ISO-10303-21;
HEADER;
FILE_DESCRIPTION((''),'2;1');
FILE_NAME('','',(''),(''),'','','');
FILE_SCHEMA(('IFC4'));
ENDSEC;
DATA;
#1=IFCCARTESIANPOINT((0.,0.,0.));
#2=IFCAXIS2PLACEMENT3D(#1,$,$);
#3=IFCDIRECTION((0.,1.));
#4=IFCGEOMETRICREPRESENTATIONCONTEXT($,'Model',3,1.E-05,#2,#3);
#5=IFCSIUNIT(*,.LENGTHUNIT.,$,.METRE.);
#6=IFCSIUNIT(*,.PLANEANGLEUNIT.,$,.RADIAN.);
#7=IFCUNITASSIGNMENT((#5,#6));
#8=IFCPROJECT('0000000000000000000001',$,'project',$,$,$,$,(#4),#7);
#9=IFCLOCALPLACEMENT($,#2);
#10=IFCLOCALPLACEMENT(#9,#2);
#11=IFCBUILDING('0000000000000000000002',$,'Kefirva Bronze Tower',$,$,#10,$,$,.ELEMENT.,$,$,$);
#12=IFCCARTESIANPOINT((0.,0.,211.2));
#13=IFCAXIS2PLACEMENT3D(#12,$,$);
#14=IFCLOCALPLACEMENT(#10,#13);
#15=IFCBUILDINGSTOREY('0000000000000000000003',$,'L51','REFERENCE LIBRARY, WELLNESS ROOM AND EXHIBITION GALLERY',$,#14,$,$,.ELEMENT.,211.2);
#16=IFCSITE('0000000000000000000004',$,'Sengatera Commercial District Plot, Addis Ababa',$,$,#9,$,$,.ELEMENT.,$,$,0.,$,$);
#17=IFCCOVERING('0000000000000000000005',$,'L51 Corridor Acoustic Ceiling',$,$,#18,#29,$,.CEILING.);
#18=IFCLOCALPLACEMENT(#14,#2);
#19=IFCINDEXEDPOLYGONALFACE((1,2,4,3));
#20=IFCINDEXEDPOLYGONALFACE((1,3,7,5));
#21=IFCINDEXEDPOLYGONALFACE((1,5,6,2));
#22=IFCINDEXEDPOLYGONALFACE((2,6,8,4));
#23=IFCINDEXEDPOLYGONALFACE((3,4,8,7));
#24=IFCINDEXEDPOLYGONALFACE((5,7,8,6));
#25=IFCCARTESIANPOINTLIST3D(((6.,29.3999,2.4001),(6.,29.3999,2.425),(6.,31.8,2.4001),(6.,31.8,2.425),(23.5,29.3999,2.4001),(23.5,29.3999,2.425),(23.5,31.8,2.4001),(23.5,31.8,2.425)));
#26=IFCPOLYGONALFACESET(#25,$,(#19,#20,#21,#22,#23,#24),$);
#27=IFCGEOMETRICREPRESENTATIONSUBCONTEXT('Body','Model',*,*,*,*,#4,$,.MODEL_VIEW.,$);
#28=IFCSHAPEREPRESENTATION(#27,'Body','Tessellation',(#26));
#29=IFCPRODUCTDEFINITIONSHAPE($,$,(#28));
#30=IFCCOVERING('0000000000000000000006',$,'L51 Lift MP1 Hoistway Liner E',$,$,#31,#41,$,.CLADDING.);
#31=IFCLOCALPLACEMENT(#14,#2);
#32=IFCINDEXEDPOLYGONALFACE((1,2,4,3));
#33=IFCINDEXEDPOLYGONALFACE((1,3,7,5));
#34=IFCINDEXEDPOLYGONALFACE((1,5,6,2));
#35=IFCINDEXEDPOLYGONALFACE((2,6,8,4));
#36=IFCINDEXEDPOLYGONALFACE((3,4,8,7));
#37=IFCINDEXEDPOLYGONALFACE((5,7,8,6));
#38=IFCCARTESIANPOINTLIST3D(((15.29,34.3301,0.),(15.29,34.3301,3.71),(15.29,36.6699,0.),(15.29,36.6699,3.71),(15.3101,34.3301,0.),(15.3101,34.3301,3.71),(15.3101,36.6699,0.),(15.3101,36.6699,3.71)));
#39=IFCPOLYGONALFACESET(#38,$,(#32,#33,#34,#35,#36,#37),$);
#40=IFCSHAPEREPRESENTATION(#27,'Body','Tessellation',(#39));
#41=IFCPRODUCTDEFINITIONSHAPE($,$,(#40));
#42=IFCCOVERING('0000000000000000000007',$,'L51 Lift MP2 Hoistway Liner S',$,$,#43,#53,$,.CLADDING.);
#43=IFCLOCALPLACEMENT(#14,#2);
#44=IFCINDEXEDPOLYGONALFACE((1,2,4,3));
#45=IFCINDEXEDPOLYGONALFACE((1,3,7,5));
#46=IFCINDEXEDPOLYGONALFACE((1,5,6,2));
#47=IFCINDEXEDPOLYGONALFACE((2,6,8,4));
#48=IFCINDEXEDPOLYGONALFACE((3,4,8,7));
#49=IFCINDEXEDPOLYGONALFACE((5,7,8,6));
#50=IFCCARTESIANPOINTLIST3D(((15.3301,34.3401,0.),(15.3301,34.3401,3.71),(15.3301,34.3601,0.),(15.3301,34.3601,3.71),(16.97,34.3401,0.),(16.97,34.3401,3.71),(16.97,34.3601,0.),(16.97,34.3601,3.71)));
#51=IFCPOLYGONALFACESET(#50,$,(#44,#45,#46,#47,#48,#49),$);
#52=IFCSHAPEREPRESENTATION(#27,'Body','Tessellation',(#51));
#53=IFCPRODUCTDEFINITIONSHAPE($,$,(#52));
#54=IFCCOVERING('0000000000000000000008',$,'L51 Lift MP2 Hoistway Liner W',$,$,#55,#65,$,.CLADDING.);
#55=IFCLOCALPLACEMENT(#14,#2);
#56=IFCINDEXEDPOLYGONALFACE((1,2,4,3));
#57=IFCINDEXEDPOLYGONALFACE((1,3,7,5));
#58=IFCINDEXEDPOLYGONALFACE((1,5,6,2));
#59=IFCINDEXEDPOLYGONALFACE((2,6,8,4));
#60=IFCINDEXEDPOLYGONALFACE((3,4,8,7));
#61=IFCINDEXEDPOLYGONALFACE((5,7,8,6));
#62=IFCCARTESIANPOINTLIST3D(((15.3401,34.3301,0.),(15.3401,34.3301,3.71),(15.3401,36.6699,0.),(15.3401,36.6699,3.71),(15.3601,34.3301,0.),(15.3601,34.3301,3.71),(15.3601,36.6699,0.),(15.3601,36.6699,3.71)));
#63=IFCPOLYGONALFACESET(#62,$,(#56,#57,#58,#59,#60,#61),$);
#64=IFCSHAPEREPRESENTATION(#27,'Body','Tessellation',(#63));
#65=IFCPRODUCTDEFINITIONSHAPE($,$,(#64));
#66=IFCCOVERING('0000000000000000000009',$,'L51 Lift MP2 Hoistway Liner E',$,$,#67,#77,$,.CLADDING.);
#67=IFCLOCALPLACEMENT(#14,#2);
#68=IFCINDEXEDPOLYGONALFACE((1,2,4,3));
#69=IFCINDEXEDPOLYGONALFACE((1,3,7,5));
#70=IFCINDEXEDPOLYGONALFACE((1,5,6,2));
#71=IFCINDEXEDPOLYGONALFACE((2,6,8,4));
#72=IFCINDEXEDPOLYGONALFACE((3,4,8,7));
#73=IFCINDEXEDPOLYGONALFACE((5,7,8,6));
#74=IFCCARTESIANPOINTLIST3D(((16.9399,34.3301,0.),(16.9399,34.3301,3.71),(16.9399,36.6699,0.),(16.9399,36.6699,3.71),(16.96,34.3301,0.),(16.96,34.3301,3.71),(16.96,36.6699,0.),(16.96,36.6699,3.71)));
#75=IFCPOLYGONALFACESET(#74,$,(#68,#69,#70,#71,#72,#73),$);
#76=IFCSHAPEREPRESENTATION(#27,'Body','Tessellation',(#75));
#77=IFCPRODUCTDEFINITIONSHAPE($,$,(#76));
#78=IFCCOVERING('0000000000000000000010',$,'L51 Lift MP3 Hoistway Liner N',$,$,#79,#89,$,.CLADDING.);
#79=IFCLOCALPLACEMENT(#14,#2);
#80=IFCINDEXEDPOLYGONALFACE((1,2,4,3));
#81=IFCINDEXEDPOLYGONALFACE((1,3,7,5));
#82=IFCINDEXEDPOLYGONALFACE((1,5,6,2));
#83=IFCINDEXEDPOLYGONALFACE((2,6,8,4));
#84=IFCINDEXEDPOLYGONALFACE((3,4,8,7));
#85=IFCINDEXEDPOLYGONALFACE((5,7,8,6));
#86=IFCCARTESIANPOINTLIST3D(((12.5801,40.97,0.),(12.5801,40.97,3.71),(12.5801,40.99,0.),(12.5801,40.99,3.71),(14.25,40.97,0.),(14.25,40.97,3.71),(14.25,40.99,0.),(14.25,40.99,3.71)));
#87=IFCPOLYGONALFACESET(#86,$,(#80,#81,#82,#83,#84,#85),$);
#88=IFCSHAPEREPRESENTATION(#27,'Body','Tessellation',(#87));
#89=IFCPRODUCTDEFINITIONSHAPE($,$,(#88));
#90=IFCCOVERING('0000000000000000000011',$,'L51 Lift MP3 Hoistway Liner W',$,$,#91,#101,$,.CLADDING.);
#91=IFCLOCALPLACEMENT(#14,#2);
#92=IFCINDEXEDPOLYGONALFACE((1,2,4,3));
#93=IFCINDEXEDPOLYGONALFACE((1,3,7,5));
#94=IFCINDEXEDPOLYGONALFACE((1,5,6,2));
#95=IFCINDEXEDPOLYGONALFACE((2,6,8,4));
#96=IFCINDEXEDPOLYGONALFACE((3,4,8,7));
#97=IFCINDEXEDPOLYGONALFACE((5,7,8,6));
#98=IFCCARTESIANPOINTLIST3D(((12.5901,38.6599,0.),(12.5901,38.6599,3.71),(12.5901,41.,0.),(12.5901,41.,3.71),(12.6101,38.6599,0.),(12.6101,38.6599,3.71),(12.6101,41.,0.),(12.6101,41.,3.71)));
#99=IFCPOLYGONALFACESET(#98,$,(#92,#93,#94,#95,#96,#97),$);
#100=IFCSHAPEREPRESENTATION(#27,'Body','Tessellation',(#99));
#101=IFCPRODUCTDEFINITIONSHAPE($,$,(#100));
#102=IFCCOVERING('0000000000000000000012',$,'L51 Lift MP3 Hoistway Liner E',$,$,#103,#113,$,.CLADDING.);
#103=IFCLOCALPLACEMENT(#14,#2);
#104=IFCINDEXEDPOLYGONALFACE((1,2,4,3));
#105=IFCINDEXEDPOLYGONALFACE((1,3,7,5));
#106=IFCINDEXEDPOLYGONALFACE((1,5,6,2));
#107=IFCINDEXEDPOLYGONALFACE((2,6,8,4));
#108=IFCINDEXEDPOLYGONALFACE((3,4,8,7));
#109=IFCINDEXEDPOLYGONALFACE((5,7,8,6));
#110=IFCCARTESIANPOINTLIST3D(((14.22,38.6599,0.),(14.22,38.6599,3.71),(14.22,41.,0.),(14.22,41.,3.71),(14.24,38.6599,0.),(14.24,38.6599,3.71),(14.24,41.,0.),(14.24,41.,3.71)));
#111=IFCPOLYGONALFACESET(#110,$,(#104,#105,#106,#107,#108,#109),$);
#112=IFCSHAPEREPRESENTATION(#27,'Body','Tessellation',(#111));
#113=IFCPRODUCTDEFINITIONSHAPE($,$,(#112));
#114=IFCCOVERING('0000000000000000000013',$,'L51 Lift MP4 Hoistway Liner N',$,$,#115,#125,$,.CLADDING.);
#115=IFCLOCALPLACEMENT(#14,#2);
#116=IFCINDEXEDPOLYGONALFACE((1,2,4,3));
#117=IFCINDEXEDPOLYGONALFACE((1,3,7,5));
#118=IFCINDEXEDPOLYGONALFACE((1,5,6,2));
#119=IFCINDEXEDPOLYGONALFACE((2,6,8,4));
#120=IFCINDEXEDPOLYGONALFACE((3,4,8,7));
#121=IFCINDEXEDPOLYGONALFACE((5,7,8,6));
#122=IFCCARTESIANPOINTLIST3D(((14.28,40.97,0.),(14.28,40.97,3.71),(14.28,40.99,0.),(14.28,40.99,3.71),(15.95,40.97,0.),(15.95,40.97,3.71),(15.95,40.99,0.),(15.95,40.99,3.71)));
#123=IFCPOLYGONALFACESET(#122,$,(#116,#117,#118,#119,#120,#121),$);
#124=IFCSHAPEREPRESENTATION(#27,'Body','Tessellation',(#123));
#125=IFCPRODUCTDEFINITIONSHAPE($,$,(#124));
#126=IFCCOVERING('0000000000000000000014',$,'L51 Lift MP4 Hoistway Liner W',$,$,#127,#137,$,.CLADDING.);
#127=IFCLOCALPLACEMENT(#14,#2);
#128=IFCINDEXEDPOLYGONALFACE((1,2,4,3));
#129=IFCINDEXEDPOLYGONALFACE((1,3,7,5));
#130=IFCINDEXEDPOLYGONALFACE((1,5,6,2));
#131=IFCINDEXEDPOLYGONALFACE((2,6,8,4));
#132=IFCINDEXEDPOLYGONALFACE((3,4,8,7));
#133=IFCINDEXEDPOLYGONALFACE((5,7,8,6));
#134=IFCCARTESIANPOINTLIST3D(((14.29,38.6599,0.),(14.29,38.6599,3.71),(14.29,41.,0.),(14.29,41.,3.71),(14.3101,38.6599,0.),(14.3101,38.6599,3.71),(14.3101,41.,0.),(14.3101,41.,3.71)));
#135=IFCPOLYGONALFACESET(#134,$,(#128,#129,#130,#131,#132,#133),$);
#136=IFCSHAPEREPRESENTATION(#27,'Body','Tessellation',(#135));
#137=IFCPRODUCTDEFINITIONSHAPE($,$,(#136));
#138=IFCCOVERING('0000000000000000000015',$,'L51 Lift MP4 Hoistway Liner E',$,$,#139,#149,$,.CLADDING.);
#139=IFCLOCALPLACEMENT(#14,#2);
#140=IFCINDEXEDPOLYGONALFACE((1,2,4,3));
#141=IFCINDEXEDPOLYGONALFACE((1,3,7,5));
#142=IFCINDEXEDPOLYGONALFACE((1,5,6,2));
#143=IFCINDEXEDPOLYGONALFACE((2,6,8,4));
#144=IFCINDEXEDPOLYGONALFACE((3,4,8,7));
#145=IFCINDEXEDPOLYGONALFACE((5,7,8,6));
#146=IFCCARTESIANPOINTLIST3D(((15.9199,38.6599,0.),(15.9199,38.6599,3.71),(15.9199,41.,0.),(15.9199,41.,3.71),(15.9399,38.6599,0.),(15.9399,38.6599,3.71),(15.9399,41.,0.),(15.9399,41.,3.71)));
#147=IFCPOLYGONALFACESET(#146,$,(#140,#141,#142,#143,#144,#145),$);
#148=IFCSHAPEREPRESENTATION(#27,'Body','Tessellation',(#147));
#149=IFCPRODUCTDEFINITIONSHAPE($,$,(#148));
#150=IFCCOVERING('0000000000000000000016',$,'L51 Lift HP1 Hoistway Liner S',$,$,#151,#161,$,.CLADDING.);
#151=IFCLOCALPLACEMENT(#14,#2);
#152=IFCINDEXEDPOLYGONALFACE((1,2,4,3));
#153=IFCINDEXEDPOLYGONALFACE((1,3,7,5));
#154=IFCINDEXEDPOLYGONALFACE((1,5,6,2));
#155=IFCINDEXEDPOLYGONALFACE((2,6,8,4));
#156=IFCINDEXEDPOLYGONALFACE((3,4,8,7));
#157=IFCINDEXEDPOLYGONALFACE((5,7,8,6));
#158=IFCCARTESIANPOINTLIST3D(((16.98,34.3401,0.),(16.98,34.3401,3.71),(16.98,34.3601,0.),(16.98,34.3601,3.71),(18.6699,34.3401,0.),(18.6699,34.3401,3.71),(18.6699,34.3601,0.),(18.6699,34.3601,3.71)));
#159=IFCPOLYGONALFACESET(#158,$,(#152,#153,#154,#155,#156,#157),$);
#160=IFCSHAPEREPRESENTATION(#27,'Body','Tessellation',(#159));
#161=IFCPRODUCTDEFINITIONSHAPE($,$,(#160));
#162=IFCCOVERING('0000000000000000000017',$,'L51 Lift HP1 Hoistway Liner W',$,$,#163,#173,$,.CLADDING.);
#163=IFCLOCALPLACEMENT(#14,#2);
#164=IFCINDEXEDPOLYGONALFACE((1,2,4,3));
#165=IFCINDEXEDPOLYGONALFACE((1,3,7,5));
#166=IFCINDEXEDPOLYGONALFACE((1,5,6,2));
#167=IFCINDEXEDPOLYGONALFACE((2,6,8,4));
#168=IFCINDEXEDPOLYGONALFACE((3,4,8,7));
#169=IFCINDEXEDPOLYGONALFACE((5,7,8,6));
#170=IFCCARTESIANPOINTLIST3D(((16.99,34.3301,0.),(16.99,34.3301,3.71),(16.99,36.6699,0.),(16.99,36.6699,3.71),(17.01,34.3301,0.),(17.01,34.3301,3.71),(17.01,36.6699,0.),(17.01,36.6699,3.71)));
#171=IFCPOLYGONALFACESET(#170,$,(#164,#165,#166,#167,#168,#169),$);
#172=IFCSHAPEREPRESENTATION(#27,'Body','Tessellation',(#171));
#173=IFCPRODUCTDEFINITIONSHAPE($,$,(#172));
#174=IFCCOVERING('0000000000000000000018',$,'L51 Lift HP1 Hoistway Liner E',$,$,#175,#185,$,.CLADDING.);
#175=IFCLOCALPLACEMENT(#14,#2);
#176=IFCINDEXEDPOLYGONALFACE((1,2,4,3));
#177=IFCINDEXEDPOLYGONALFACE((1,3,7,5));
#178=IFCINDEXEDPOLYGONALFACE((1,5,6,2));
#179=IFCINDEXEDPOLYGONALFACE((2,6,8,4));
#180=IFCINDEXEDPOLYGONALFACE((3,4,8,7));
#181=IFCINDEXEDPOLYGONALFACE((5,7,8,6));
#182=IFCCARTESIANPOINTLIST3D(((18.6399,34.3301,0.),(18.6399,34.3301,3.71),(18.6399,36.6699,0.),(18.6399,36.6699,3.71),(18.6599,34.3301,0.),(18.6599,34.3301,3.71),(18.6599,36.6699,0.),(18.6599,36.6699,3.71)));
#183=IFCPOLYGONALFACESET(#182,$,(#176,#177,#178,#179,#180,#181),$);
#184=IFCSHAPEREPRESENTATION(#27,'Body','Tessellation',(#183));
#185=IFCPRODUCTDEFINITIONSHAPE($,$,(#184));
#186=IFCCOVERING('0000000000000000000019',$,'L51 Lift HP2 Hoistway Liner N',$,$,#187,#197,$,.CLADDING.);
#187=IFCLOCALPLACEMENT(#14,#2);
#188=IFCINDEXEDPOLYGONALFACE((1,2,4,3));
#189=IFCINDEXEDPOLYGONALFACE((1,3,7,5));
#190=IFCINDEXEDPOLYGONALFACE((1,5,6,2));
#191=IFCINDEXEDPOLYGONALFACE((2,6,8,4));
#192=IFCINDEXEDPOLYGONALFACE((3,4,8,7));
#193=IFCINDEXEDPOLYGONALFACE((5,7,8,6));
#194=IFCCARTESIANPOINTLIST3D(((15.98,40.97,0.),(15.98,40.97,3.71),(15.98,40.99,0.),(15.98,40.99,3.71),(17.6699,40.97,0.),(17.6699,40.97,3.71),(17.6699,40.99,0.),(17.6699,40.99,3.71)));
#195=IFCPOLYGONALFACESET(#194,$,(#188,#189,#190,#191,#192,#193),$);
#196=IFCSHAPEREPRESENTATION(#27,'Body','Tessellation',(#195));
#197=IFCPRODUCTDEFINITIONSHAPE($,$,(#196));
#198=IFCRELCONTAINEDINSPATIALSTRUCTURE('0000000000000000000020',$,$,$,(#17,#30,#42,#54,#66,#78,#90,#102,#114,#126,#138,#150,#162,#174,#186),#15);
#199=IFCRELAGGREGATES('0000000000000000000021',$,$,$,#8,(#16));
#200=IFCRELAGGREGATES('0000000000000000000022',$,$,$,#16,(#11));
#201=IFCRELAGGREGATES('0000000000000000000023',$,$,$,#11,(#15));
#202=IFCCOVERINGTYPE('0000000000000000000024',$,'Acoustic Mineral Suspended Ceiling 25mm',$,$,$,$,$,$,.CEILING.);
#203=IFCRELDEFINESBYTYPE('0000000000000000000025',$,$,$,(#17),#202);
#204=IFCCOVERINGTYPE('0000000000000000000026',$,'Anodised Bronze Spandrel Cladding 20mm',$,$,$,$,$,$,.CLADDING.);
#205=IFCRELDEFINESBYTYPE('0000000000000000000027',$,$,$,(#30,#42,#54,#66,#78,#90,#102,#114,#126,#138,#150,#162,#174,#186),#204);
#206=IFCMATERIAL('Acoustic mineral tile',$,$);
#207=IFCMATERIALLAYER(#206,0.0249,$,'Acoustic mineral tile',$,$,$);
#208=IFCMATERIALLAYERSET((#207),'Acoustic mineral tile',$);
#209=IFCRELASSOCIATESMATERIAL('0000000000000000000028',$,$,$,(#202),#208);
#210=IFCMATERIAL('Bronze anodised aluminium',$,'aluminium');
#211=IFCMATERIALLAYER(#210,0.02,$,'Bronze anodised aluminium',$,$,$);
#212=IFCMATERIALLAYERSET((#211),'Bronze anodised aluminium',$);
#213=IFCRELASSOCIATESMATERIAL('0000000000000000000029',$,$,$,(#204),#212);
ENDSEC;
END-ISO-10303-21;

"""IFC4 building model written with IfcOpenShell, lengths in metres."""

from ifc_helpers import new_model, si_unit, direction, frame, origin, place, context, subcontext, project, spatial, polyline, outline, extrude, material, layer, layer_set, type_object, element, save


model = new_model("IFC4")

# Units and contexts
model_context = context("Model", 3, precision=1e-05, world=origin(), true_north=direction((0.0, 1.0)))
body_context = subcontext(model_context, "Body", "Model", "MODEL_VIEW")
ifc_project = project(units=[si_unit("LENGTHUNIT", "METRE"), si_unit("PLANEANGLEUNIT", "RADIAN")], contexts=[model_context])

# Site, building, storey
site_placement = place(None, origin())
site = spatial("IfcSite", under=ifc_project, at=site_placement, Name="Sengatera Commercial District Plot, Addis Ababa", CompositionType="ELEMENT", RefElevation=0.0)
building_placement = place(site_placement, origin())
building = spatial("IfcBuilding", under=site, at=building_placement, Name="Kefirva Bronze Tower", CompositionType="ELEMENT")
storey_placement = place(building_placement, frame((0.0, 0.0, 211.2)))
storey = spatial("IfcBuildingStorey", under=building, at=storey_placement, Name="L51", Description="REFERENCE LIBRARY, WELLNESS ROOM AND EXHIBITION GALLERY", CompositionType="ELEMENT", Elevation=211.2)

# Coverings
ifc_material_1 = material(Name="Acoustic mineral tile")
ifc_layer_1 = layer(ifc_material_1, 0.0249, Name="Acoustic mineral tile")
ifc_layer_set_1 = layer_set([ifc_layer_1], Name="Acoustic mineral tile")
covering_type_1 = type_object("IfcCoveringType", Name="Acoustic Mineral Suspended Ceiling 25mm", PredefinedType="CEILING", material=ifc_layer_set_1)
covering_1_placement = place(storey_placement, frame((0.0, 0.0, 2.4001)))
element("IfcCovering", 1, at=covering_1_placement, inside=storey, type_object=covering_type_1, Name="L51 Corridor Acoustic Ceiling", PredefinedType="CEILING", context=body_context, shape_type="SweptSolid", body=[
    extrude(outline(polyline([(6.0, 29.3999), (23.5, 29.3999), (23.5, 31.8), (6.0, 31.8), (6.0, 29.3999)])), origin(), (0.0, 0.0, 1.0), 0.0249),
])
ifc_material_2 = material(Name="Bronze anodised aluminium", Category="aluminium")
ifc_layer_2 = layer(ifc_material_2, 0.02, Name="Bronze anodised aluminium")
ifc_layer_set_2 = layer_set([ifc_layer_2], Name="Bronze anodised aluminium")
covering_type_2 = type_object("IfcCoveringType", Name="Anodised Bronze Spandrel Cladding 20mm", PredefinedType="CLADDING", material=ifc_layer_set_2)
covering_2_placement = place(storey_placement, origin())
element("IfcCovering", 2, at=covering_2_placement, inside=storey, type_object=covering_type_2, Name="L51 Lift MP1 Hoistway Liner E", PredefinedType="CLADDING", context=body_context, shape_type="SweptSolid", body=[
    extrude(outline(polyline([(15.29, 34.3301), (15.3101, 34.3301), (15.3101, 36.6699), (15.29, 36.6699), (15.29, 34.3301)])), origin(), (0.0, 0.0, 1.0), 3.71),
])
covering_3_placement = place(storey_placement, origin())
element("IfcCovering", 3, at=covering_3_placement, inside=storey, type_object=covering_type_2, Name="L51 Lift MP2 Hoistway Liner S", PredefinedType="CLADDING", context=body_context, shape_type="SweptSolid", body=[
    extrude(outline(polyline([(15.3301, 34.3401), (16.97, 34.3401), (16.97, 34.3601), (15.3301, 34.3601), (15.3301, 34.3401)])), origin(), (0.0, 0.0, 1.0), 3.71),
])
covering_4_placement = place(storey_placement, origin())
element("IfcCovering", 4, at=covering_4_placement, inside=storey, type_object=covering_type_2, Name="L51 Lift MP2 Hoistway Liner W", PredefinedType="CLADDING", context=body_context, shape_type="SweptSolid", body=[
    extrude(outline(polyline([(15.3401, 34.3301), (15.3601, 34.3301), (15.3601, 36.6699), (15.3401, 36.6699), (15.3401, 34.3301)])), origin(), (0.0, 0.0, 1.0), 3.71),
])
covering_5_placement = place(storey_placement, origin())
element("IfcCovering", 5, at=covering_5_placement, inside=storey, type_object=covering_type_2, Name="L51 Lift MP2 Hoistway Liner E", PredefinedType="CLADDING", context=body_context, shape_type="SweptSolid", body=[
    extrude(outline(polyline([(16.9399, 34.3301), (16.96, 34.3301), (16.96, 36.6699), (16.9399, 36.6699), (16.9399, 34.3301)])), origin(), (0.0, 0.0, 1.0), 3.71),
])
covering_6_placement = place(storey_placement, origin())
element("IfcCovering", 6, at=covering_6_placement, inside=storey, type_object=covering_type_2, Name="L51 Lift MP3 Hoistway Liner N", PredefinedType="CLADDING", context=body_context, shape_type="SweptSolid", body=[
    extrude(outline(polyline([(12.5801, 40.97), (14.25, 40.97), (14.25, 40.99), (12.5801, 40.99), (12.5801, 40.97)])), origin(), (0.0, 0.0, 1.0), 3.71),
])
covering_7_placement = place(storey_placement, origin())
element("IfcCovering", 7, at=covering_7_placement, inside=storey, type_object=covering_type_2, Name="L51 Lift MP3 Hoistway Liner W", PredefinedType="CLADDING", context=body_context, shape_type="SweptSolid", body=[
    extrude(outline(polyline([(12.5901, 38.6599), (12.6101, 38.6599), (12.6101, 41.0), (12.5901, 41.0), (12.5901, 38.6599)])), origin(), (0.0, 0.0, 1.0), 3.71),
])
covering_8_placement = place(storey_placement, origin())
element("IfcCovering", 8, at=covering_8_placement, inside=storey, type_object=covering_type_2, Name="L51 Lift MP3 Hoistway Liner E", PredefinedType="CLADDING", context=body_context, shape_type="SweptSolid", body=[
    extrude(outline(polyline([(14.22, 38.6599), (14.24, 38.6599), (14.24, 41.0), (14.22, 41.0), (14.22, 38.6599)])), origin(), (0.0, 0.0, 1.0), 3.71),
])
covering_9_placement = place(storey_placement, origin())
element("IfcCovering", 9, at=covering_9_placement, inside=storey, type_object=covering_type_2, Name="L51 Lift MP4 Hoistway Liner N", PredefinedType="CLADDING", context=body_context, shape_type="SweptSolid", body=[
    extrude(outline(polyline([(14.28, 40.97), (15.95, 40.97), (15.95, 40.99), (14.28, 40.99), (14.28, 40.97)])), origin(), (0.0, 0.0, 1.0), 3.71),
])
covering_10_placement = place(storey_placement, origin())
element("IfcCovering", 10, at=covering_10_placement, inside=storey, type_object=covering_type_2, Name="L51 Lift MP4 Hoistway Liner W", PredefinedType="CLADDING", context=body_context, shape_type="SweptSolid", body=[
    extrude(outline(polyline([(14.29, 38.6599), (14.3101, 38.6599), (14.3101, 41.0), (14.29, 41.0), (14.29, 38.6599)])), origin(), (0.0, 0.0, 1.0), 3.71),
])
covering_11_placement = place(storey_placement, origin())
element("IfcCovering", 11, at=covering_11_placement, inside=storey, type_object=covering_type_2, Name="L51 Lift MP4 Hoistway Liner E", PredefinedType="CLADDING", context=body_context, shape_type="SweptSolid", body=[
    extrude(outline(polyline([(15.9199, 38.6599), (15.9399, 38.6599), (15.9399, 41.0), (15.9199, 41.0), (15.9199, 38.6599)])), origin(), (0.0, 0.0, 1.0), 3.71),
])
covering_12_placement = place(storey_placement, origin())
element("IfcCovering", 12, at=covering_12_placement, inside=storey, type_object=covering_type_2, Name="L51 Lift HP1 Hoistway Liner S", PredefinedType="CLADDING", context=body_context, shape_type="SweptSolid", body=[
    extrude(outline(polyline([(16.98, 34.3401), (18.6699, 34.3401), (18.6699, 34.3601), (16.98, 34.3601), (16.98, 34.3401)])), origin(), (0.0, 0.0, 1.0), 3.71),
])
covering_13_placement = place(storey_placement, origin())
element("IfcCovering", 13, at=covering_13_placement, inside=storey, type_object=covering_type_2, Name="L51 Lift HP1 Hoistway Liner W", PredefinedType="CLADDING", context=body_context, shape_type="SweptSolid", body=[
    extrude(outline(polyline([(16.99, 34.3301), (17.01, 34.3301), (17.01, 36.6699), (16.99, 36.6699), (16.99, 34.3301)])), origin(), (0.0, 0.0, 1.0), 3.71),
])
covering_14_placement = place(storey_placement, origin())
element("IfcCovering", 14, at=covering_14_placement, inside=storey, type_object=covering_type_2, Name="L51 Lift HP1 Hoistway Liner E", PredefinedType="CLADDING", context=body_context, shape_type="SweptSolid", body=[
    extrude(outline(polyline([(18.6399, 34.3301), (18.6599, 34.3301), (18.6599, 36.6699), (18.6399, 36.6699), (18.6399, 34.3301)])), origin(), (0.0, 0.0, 1.0), 3.71),
])
covering_15_placement = place(storey_placement, origin())
element("IfcCovering", 15, at=covering_15_placement, inside=storey, type_object=covering_type_2, Name="L51 Lift HP2 Hoistway Liner N", PredefinedType="CLADDING", context=body_context, shape_type="SweptSolid", body=[
    extrude(outline(polyline([(15.98, 40.97), (17.6699, 40.97), (17.6699, 40.99), (15.98, 40.99), (15.98, 40.97)])), origin(), (0.0, 0.0, 1.0), 3.71),
])

save(model, "model.ifc")
